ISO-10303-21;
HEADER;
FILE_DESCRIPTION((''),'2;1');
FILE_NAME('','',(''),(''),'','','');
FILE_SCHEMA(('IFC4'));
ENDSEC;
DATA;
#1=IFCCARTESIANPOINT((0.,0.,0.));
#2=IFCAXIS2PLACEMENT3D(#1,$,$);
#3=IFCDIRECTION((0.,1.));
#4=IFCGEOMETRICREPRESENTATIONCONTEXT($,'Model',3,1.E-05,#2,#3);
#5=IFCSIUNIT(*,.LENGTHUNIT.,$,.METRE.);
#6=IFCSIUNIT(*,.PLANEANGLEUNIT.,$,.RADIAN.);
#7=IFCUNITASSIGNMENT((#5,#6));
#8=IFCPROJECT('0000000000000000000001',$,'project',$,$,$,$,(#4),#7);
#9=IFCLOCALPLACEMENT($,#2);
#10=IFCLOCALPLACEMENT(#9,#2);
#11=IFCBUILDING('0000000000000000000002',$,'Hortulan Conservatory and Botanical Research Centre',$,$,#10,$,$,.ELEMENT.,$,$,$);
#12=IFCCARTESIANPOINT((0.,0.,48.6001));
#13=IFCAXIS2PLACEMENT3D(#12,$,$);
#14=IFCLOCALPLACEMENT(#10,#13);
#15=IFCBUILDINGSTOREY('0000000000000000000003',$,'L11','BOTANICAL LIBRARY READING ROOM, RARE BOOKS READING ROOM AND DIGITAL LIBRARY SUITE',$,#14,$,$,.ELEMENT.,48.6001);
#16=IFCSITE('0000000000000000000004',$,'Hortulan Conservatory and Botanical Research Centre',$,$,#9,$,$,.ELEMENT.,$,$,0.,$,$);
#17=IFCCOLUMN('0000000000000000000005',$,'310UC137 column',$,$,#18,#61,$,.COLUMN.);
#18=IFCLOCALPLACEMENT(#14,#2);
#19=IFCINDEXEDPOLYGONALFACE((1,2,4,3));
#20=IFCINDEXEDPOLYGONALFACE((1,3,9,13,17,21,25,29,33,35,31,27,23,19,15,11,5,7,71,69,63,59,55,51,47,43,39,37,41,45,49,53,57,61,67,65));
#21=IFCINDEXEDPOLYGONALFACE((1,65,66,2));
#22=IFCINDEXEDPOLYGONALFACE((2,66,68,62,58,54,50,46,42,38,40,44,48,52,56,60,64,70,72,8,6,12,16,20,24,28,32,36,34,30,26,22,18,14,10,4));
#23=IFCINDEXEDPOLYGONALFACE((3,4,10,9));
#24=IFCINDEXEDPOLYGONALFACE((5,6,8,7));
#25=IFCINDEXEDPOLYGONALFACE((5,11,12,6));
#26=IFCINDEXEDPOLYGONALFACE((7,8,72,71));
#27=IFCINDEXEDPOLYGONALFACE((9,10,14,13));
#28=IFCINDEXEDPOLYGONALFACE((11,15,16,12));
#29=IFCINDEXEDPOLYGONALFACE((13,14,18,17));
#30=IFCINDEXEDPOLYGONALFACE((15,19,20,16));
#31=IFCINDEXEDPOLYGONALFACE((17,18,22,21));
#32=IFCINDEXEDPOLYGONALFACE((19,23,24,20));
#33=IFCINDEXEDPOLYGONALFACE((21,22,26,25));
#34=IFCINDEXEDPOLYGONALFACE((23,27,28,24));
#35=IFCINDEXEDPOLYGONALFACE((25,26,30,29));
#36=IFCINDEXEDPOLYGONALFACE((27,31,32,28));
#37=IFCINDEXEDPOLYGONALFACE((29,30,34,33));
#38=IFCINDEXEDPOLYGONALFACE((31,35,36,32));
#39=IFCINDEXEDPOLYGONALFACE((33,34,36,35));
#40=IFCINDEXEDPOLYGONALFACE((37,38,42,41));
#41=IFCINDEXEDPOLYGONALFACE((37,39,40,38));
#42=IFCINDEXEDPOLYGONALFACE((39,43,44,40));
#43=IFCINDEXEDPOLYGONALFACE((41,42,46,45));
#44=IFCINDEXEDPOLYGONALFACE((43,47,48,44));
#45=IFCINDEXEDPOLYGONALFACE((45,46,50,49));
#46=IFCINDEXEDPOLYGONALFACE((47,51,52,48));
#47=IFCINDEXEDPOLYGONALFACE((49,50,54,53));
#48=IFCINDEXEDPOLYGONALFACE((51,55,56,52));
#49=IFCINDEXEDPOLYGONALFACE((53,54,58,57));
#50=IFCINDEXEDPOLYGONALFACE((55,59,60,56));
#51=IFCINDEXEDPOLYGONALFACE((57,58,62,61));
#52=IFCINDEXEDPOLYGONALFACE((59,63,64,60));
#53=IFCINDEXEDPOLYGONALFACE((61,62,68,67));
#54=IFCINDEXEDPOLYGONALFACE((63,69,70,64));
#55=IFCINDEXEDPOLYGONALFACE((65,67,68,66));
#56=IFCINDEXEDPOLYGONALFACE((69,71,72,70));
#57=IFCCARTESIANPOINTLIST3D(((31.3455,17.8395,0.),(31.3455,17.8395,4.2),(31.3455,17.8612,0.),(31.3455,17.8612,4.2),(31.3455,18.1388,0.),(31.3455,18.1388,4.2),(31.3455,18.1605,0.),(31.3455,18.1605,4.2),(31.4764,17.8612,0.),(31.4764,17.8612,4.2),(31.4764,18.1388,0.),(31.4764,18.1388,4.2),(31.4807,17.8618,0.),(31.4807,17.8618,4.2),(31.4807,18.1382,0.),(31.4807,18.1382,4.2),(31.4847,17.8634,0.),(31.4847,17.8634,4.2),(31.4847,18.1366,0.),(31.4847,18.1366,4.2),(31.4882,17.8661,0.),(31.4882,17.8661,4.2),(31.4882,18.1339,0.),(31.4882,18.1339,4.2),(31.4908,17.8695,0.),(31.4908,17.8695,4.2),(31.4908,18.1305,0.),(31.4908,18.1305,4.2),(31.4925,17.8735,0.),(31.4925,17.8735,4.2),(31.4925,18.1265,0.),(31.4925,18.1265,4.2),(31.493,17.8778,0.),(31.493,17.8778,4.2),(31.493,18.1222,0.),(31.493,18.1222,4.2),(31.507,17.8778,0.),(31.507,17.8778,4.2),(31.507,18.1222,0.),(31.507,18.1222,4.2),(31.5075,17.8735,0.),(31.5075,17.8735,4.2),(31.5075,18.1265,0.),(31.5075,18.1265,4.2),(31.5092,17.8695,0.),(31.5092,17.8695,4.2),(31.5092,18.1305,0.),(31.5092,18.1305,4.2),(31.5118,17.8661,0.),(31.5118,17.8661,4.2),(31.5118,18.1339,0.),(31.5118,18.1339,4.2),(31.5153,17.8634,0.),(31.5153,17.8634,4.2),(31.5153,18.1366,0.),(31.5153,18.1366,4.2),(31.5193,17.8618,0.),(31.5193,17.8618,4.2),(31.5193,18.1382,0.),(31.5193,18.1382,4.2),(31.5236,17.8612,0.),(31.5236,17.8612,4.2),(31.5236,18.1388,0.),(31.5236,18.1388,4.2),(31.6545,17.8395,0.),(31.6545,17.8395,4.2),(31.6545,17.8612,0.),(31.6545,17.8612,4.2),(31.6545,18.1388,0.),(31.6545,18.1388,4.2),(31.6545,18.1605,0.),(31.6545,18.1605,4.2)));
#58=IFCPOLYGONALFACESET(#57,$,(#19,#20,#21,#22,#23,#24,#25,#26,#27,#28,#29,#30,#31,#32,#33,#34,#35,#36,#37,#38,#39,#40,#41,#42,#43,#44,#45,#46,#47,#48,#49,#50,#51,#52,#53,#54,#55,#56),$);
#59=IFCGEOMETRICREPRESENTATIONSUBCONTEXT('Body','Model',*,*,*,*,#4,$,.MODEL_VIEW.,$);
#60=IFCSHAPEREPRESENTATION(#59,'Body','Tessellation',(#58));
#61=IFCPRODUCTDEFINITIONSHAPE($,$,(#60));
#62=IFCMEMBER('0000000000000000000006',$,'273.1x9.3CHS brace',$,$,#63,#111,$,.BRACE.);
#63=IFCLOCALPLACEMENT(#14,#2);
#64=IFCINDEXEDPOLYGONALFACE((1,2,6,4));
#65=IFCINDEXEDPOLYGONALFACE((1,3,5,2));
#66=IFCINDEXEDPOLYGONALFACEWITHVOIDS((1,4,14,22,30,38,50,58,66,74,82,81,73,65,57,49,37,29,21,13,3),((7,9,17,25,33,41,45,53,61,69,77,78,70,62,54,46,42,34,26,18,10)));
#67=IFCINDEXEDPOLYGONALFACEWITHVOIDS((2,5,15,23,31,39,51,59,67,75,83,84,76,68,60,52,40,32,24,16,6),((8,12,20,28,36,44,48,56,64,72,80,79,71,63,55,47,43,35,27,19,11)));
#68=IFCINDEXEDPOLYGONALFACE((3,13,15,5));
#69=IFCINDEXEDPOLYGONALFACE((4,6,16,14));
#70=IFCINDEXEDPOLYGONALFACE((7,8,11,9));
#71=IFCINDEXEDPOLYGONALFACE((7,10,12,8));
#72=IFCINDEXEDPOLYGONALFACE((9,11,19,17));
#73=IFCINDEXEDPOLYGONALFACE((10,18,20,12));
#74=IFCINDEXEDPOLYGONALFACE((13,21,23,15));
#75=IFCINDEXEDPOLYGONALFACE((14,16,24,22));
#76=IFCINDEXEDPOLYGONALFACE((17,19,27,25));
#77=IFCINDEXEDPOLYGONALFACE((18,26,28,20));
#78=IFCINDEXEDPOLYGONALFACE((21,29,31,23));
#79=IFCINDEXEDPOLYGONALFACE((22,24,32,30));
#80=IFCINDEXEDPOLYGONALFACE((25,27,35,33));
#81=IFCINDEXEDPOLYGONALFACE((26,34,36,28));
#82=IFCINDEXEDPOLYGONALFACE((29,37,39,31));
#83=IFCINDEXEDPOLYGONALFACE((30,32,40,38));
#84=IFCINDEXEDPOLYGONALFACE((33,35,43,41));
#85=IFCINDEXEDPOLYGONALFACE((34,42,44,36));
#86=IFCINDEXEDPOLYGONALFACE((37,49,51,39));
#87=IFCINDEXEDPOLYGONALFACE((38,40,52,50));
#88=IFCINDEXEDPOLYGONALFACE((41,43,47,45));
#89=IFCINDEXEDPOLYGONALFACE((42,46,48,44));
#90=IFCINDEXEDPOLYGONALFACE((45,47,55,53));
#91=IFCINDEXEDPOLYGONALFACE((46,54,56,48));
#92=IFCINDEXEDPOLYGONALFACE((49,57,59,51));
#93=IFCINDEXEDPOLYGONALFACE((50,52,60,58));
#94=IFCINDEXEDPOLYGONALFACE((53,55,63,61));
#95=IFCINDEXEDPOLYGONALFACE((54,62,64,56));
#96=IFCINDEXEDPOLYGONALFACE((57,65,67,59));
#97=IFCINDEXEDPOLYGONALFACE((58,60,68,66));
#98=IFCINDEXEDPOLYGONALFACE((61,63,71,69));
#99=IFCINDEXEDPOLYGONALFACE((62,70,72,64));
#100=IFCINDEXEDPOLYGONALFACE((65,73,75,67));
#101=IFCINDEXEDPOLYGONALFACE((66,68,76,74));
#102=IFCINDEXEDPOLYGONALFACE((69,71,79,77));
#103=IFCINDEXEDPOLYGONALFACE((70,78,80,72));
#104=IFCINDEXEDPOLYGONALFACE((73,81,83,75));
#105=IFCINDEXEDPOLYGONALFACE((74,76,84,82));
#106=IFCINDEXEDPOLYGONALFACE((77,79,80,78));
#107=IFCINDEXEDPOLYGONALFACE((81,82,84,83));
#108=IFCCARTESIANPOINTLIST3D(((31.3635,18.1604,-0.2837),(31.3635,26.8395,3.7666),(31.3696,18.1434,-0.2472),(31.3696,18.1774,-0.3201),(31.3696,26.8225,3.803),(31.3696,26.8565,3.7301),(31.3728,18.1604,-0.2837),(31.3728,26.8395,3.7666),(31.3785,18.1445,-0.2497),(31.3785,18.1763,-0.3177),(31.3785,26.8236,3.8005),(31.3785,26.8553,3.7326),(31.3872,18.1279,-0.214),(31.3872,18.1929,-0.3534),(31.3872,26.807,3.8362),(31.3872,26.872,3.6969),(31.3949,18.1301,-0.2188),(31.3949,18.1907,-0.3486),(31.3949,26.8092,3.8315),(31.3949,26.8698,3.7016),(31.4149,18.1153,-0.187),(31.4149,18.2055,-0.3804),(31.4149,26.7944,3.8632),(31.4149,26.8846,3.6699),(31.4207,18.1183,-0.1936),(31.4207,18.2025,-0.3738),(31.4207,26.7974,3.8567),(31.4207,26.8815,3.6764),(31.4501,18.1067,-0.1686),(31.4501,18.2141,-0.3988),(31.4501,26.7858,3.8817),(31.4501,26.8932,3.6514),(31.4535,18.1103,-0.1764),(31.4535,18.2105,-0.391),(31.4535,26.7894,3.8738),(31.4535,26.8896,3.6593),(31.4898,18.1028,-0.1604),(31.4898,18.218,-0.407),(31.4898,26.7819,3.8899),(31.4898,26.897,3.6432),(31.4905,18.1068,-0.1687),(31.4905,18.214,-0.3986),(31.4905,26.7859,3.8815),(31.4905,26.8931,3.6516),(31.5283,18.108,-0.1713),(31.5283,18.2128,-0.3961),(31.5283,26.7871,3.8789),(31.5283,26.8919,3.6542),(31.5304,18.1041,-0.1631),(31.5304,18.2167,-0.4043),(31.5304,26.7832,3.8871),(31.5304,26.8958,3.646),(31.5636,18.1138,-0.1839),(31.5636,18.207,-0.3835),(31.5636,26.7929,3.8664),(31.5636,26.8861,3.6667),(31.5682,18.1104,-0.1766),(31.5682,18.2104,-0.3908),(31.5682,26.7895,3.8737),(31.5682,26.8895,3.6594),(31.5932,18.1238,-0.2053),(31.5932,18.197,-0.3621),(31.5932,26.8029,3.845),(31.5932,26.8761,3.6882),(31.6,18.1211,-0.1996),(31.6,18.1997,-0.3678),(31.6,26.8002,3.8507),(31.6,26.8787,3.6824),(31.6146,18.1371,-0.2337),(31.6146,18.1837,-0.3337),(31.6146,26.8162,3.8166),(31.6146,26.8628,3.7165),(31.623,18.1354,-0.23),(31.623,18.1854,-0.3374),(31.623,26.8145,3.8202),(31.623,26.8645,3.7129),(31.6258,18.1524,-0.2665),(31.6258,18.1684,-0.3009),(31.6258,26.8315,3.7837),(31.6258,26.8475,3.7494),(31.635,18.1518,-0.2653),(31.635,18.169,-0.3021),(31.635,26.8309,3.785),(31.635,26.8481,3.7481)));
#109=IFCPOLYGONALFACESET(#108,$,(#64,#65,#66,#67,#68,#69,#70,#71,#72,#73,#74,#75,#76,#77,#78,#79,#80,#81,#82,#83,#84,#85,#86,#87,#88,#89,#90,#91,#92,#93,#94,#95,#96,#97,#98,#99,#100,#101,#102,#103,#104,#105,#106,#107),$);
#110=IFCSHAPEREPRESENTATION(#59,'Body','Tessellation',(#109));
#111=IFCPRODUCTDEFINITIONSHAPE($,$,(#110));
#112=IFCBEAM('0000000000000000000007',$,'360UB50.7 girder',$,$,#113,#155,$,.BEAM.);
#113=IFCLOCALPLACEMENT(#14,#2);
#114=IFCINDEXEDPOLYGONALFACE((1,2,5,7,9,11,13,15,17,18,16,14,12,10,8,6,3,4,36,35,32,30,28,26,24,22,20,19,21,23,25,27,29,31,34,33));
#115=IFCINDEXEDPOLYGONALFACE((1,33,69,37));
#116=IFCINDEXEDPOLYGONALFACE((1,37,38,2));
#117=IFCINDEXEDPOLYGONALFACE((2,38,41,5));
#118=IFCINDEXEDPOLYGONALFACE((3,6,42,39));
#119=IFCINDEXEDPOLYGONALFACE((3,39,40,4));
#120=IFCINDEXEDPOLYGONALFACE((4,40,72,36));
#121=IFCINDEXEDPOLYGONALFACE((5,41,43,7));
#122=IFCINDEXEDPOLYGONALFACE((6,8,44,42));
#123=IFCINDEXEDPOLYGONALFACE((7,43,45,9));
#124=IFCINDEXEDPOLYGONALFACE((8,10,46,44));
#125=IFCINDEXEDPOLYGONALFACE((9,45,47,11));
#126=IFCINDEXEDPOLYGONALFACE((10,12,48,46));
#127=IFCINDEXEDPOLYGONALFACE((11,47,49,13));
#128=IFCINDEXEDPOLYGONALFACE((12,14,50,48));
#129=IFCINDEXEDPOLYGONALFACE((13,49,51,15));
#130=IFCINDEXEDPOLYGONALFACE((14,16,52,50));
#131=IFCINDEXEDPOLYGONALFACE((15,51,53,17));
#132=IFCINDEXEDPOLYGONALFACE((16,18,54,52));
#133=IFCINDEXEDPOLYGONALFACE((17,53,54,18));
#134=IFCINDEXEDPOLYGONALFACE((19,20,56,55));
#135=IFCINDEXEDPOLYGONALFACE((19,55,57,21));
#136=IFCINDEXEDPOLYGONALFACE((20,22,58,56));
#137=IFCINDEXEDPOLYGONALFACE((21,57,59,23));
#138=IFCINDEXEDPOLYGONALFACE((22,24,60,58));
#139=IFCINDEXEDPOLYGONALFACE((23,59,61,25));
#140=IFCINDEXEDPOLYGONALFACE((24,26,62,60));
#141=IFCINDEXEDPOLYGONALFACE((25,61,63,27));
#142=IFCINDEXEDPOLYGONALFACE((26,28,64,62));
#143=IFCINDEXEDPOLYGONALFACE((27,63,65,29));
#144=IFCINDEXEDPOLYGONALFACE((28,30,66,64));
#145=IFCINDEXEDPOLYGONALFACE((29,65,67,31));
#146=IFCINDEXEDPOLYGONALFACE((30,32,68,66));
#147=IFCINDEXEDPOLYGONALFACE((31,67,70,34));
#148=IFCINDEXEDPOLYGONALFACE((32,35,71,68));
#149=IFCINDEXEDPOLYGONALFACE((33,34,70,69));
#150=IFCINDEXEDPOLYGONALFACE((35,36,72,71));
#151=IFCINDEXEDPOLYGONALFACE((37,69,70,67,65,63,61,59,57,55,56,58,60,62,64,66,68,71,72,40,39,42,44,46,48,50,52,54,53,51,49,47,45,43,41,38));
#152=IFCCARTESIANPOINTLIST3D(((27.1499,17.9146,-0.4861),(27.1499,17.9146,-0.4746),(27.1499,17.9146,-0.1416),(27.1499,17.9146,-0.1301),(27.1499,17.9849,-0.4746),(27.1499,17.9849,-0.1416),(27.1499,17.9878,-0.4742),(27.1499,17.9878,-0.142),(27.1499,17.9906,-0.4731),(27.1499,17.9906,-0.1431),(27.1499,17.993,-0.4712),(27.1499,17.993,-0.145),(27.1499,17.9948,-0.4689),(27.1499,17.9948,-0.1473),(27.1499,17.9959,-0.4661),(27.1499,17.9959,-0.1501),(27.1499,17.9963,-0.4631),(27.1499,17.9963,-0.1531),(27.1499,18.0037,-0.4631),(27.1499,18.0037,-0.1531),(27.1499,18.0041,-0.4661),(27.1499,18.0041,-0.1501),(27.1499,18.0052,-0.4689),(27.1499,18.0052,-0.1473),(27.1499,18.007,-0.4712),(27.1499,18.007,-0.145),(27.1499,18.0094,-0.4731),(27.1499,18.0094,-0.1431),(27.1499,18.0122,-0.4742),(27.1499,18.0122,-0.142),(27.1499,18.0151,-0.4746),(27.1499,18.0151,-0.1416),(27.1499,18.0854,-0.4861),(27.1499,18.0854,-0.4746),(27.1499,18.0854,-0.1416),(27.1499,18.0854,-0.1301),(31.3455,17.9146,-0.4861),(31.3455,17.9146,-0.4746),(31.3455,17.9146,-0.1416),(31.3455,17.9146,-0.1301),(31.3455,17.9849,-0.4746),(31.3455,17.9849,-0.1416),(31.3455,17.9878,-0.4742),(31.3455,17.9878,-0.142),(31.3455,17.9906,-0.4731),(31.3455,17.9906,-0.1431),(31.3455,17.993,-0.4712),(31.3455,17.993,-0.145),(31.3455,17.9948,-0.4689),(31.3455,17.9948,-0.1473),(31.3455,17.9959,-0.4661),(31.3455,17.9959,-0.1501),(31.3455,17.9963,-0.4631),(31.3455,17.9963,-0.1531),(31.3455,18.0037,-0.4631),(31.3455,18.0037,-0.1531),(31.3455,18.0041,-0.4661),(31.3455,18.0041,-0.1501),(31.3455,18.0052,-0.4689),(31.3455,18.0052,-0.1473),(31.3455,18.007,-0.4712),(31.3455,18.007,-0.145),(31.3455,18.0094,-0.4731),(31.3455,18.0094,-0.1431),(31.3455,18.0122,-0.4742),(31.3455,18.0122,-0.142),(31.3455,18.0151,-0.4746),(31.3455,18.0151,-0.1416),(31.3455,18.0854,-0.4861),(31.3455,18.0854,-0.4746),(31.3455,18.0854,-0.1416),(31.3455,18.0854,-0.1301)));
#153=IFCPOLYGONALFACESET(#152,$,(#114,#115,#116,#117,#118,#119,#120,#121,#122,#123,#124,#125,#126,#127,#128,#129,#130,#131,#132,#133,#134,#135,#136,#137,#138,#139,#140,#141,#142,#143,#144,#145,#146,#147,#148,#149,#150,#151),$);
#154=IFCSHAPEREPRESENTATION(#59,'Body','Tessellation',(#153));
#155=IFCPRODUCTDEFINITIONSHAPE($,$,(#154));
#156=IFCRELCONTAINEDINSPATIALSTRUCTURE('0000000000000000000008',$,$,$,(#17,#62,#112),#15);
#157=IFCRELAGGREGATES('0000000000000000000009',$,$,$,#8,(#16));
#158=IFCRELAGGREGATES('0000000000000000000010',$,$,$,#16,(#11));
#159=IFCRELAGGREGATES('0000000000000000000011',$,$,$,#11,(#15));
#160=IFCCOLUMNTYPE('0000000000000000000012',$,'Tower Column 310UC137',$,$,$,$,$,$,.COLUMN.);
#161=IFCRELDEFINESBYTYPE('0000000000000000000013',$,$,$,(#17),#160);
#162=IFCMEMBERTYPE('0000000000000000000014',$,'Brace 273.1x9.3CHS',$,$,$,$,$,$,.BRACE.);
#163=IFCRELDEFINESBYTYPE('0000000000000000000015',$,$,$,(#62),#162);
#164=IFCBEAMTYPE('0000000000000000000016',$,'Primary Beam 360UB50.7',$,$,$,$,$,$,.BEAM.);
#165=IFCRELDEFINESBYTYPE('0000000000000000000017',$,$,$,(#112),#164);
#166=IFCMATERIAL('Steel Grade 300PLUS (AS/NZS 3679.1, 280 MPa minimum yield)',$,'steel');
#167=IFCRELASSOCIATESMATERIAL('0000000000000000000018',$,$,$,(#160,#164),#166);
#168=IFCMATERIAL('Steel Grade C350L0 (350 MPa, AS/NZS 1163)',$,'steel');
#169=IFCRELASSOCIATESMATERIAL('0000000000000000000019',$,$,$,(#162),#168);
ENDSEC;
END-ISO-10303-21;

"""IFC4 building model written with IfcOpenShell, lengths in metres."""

from ifc_helpers import new_model, si_unit, direction, frame, origin, origin_2d, place, context, subcontext, project, spatial, hollow_circle, i_section, extrude, material, material_profile, profile_set, type_object, element, save


model = new_model("IFC4")

# Units and contexts
model_context = context("Model", 3, precision=1e-05, world=origin(), true_north=direction((0.0, 1.0)))
body_context = subcontext(model_context, "Body", "Model", "MODEL_VIEW")
ifc_project = project(units=[si_unit("LENGTHUNIT", "METRE"), si_unit("PLANEANGLEUNIT", "RADIAN")], contexts=[model_context])

# Site, building, storey
site_placement = place(None, origin())
site = spatial("IfcSite", under=ifc_project, at=site_placement, Name="Hortulan Conservatory and Botanical Research Centre", CompositionType="ELEMENT", RefElevation=0.0)
building_placement = place(site_placement, origin())
building = spatial("IfcBuilding", under=site, at=building_placement, Name="Hortulan Conservatory and Botanical Research Centre", CompositionType="ELEMENT")
storey_placement = place(building_placement, frame((0.0, 0.0, 48.6001)))
storey = spatial("IfcBuildingStorey", under=building, at=storey_placement, Name="L11", Description="BOTANICAL LIBRARY READING ROOM, RARE BOOKS READING ROOM AND DIGITAL LIBRARY SUITE", CompositionType="ELEMENT", Elevation=48.6001)

# Column
ifc_material_1 = material(Name="Steel Grade 300PLUS (AS/NZS 3679.1, 280 MPa minimum yield)", Category="steel")
ifc_material_profile_1 = material_profile(ifc_material_1, i_section(OverallWidth=0.3091, OverallDepth=0.321, WebThickness=0.0139, FlangeThickness=0.0217, FilletRadius=0.0166, at=origin_2d()), Name="310UC137")
ifc_profile_set_1 = profile_set([ifc_material_profile_1], Name="Steel Grade 300PLUS (AS/NZS 3679.1, 280 MPa minimum yield)")
column_type = type_object("IfcColumnType", Name="Tower Column 310UC137", PredefinedType="COLUMN", material=ifc_profile_set_1)
column_placement = place(storey_placement, frame((31.5, 18.0, 0.0), z_axis=(0.0, 0.0, 1.0), x_axis=(1.0, 0.0, 0.0)))
element("IfcColumn", 1, at=column_placement, inside=storey, type_object=column_type, Name="310UC137 column", PredefinedType="COLUMN", context=body_context, shape_type="SweptSolid", body=[
    extrude(i_section(OverallWidth=0.3091, OverallDepth=0.321, WebThickness=0.0139, FlangeThickness=0.0217, FilletRadius=0.0166, at=origin_2d()), origin(), (0.0, 0.0, 1.0), 4.2),
])

# Member
ifc_material_2 = material(Name="Steel Grade C350L0 (350 MPa, AS/NZS 1163)", Category="steel")
ifc_material_profile_2 = material_profile(ifc_material_2, hollow_circle(Radius=0.1365, WallThickness=0.0093, at=origin_2d()), Name="273.1x9.3CHS")
ifc_profile_set_2 = profile_set([ifc_material_profile_2], Name="Steel Grade C350L0 (350 MPa, AS/NZS 1163)")
member_type = type_object("IfcMemberType", Name="Brace 273.1x9.3CHS", PredefinedType="BRACE", material=ifc_profile_set_2)
member_placement = place(storey_placement, frame((31.5, 18.1604, -0.2837), z_axis=(0.0, 0.906183, 0.422885), x_axis=(-1.0, 0.0, 0.0)))
element("IfcMember", 2, at=member_placement, inside=storey, type_object=member_type, Name="273.1x9.3CHS brace", PredefinedType="BRACE", context=body_context, shape_type="SweptSolid", body=[
    extrude(hollow_circle(Radius=0.1365, WallThickness=0.0093, at=origin_2d()), origin(), (0.0, 0.0, 1.0), 9.5776),
])

# Beam
ifc_material_profile_3 = material_profile(ifc_material_1, i_section(OverallWidth=0.1709, OverallDepth=0.356, WebThickness=0.0073, FlangeThickness=0.0115, FilletRadius=0.0115, at=origin_2d()), Name="360UB50.7")
ifc_profile_set_3 = profile_set([ifc_material_profile_3], Name="Steel Grade 300PLUS (AS/NZS 3679.1, 280 MPa minimum yield)")
beam_type_1 = type_object("IfcBeamType", Name="Primary Beam 360UB50.7", PredefinedType="BEAM", material=ifc_profile_set_3)
beam_1_placement = place(storey_placement, frame((27.1499, 18.0, -0.3081), z_axis=(1.0, 0.0, 0.0), x_axis=(0.0, 1.0, 0.0)))
element("IfcBeam", 3, at=beam_1_placement, inside=storey, type_object=beam_type_1, Name="360UB50.7 girder", PredefinedType="BEAM", context=body_context, shape_type="SweptSolid", body=[
    extrude(i_section(OverallWidth=0.1709, OverallDepth=0.356, WebThickness=0.0073, FlangeThickness=0.0115, FilletRadius=0.0115, at=origin_2d()), origin(), (0.0, 0.0, 1.0), 4.1956),
])

save(model, "model.ifc")
